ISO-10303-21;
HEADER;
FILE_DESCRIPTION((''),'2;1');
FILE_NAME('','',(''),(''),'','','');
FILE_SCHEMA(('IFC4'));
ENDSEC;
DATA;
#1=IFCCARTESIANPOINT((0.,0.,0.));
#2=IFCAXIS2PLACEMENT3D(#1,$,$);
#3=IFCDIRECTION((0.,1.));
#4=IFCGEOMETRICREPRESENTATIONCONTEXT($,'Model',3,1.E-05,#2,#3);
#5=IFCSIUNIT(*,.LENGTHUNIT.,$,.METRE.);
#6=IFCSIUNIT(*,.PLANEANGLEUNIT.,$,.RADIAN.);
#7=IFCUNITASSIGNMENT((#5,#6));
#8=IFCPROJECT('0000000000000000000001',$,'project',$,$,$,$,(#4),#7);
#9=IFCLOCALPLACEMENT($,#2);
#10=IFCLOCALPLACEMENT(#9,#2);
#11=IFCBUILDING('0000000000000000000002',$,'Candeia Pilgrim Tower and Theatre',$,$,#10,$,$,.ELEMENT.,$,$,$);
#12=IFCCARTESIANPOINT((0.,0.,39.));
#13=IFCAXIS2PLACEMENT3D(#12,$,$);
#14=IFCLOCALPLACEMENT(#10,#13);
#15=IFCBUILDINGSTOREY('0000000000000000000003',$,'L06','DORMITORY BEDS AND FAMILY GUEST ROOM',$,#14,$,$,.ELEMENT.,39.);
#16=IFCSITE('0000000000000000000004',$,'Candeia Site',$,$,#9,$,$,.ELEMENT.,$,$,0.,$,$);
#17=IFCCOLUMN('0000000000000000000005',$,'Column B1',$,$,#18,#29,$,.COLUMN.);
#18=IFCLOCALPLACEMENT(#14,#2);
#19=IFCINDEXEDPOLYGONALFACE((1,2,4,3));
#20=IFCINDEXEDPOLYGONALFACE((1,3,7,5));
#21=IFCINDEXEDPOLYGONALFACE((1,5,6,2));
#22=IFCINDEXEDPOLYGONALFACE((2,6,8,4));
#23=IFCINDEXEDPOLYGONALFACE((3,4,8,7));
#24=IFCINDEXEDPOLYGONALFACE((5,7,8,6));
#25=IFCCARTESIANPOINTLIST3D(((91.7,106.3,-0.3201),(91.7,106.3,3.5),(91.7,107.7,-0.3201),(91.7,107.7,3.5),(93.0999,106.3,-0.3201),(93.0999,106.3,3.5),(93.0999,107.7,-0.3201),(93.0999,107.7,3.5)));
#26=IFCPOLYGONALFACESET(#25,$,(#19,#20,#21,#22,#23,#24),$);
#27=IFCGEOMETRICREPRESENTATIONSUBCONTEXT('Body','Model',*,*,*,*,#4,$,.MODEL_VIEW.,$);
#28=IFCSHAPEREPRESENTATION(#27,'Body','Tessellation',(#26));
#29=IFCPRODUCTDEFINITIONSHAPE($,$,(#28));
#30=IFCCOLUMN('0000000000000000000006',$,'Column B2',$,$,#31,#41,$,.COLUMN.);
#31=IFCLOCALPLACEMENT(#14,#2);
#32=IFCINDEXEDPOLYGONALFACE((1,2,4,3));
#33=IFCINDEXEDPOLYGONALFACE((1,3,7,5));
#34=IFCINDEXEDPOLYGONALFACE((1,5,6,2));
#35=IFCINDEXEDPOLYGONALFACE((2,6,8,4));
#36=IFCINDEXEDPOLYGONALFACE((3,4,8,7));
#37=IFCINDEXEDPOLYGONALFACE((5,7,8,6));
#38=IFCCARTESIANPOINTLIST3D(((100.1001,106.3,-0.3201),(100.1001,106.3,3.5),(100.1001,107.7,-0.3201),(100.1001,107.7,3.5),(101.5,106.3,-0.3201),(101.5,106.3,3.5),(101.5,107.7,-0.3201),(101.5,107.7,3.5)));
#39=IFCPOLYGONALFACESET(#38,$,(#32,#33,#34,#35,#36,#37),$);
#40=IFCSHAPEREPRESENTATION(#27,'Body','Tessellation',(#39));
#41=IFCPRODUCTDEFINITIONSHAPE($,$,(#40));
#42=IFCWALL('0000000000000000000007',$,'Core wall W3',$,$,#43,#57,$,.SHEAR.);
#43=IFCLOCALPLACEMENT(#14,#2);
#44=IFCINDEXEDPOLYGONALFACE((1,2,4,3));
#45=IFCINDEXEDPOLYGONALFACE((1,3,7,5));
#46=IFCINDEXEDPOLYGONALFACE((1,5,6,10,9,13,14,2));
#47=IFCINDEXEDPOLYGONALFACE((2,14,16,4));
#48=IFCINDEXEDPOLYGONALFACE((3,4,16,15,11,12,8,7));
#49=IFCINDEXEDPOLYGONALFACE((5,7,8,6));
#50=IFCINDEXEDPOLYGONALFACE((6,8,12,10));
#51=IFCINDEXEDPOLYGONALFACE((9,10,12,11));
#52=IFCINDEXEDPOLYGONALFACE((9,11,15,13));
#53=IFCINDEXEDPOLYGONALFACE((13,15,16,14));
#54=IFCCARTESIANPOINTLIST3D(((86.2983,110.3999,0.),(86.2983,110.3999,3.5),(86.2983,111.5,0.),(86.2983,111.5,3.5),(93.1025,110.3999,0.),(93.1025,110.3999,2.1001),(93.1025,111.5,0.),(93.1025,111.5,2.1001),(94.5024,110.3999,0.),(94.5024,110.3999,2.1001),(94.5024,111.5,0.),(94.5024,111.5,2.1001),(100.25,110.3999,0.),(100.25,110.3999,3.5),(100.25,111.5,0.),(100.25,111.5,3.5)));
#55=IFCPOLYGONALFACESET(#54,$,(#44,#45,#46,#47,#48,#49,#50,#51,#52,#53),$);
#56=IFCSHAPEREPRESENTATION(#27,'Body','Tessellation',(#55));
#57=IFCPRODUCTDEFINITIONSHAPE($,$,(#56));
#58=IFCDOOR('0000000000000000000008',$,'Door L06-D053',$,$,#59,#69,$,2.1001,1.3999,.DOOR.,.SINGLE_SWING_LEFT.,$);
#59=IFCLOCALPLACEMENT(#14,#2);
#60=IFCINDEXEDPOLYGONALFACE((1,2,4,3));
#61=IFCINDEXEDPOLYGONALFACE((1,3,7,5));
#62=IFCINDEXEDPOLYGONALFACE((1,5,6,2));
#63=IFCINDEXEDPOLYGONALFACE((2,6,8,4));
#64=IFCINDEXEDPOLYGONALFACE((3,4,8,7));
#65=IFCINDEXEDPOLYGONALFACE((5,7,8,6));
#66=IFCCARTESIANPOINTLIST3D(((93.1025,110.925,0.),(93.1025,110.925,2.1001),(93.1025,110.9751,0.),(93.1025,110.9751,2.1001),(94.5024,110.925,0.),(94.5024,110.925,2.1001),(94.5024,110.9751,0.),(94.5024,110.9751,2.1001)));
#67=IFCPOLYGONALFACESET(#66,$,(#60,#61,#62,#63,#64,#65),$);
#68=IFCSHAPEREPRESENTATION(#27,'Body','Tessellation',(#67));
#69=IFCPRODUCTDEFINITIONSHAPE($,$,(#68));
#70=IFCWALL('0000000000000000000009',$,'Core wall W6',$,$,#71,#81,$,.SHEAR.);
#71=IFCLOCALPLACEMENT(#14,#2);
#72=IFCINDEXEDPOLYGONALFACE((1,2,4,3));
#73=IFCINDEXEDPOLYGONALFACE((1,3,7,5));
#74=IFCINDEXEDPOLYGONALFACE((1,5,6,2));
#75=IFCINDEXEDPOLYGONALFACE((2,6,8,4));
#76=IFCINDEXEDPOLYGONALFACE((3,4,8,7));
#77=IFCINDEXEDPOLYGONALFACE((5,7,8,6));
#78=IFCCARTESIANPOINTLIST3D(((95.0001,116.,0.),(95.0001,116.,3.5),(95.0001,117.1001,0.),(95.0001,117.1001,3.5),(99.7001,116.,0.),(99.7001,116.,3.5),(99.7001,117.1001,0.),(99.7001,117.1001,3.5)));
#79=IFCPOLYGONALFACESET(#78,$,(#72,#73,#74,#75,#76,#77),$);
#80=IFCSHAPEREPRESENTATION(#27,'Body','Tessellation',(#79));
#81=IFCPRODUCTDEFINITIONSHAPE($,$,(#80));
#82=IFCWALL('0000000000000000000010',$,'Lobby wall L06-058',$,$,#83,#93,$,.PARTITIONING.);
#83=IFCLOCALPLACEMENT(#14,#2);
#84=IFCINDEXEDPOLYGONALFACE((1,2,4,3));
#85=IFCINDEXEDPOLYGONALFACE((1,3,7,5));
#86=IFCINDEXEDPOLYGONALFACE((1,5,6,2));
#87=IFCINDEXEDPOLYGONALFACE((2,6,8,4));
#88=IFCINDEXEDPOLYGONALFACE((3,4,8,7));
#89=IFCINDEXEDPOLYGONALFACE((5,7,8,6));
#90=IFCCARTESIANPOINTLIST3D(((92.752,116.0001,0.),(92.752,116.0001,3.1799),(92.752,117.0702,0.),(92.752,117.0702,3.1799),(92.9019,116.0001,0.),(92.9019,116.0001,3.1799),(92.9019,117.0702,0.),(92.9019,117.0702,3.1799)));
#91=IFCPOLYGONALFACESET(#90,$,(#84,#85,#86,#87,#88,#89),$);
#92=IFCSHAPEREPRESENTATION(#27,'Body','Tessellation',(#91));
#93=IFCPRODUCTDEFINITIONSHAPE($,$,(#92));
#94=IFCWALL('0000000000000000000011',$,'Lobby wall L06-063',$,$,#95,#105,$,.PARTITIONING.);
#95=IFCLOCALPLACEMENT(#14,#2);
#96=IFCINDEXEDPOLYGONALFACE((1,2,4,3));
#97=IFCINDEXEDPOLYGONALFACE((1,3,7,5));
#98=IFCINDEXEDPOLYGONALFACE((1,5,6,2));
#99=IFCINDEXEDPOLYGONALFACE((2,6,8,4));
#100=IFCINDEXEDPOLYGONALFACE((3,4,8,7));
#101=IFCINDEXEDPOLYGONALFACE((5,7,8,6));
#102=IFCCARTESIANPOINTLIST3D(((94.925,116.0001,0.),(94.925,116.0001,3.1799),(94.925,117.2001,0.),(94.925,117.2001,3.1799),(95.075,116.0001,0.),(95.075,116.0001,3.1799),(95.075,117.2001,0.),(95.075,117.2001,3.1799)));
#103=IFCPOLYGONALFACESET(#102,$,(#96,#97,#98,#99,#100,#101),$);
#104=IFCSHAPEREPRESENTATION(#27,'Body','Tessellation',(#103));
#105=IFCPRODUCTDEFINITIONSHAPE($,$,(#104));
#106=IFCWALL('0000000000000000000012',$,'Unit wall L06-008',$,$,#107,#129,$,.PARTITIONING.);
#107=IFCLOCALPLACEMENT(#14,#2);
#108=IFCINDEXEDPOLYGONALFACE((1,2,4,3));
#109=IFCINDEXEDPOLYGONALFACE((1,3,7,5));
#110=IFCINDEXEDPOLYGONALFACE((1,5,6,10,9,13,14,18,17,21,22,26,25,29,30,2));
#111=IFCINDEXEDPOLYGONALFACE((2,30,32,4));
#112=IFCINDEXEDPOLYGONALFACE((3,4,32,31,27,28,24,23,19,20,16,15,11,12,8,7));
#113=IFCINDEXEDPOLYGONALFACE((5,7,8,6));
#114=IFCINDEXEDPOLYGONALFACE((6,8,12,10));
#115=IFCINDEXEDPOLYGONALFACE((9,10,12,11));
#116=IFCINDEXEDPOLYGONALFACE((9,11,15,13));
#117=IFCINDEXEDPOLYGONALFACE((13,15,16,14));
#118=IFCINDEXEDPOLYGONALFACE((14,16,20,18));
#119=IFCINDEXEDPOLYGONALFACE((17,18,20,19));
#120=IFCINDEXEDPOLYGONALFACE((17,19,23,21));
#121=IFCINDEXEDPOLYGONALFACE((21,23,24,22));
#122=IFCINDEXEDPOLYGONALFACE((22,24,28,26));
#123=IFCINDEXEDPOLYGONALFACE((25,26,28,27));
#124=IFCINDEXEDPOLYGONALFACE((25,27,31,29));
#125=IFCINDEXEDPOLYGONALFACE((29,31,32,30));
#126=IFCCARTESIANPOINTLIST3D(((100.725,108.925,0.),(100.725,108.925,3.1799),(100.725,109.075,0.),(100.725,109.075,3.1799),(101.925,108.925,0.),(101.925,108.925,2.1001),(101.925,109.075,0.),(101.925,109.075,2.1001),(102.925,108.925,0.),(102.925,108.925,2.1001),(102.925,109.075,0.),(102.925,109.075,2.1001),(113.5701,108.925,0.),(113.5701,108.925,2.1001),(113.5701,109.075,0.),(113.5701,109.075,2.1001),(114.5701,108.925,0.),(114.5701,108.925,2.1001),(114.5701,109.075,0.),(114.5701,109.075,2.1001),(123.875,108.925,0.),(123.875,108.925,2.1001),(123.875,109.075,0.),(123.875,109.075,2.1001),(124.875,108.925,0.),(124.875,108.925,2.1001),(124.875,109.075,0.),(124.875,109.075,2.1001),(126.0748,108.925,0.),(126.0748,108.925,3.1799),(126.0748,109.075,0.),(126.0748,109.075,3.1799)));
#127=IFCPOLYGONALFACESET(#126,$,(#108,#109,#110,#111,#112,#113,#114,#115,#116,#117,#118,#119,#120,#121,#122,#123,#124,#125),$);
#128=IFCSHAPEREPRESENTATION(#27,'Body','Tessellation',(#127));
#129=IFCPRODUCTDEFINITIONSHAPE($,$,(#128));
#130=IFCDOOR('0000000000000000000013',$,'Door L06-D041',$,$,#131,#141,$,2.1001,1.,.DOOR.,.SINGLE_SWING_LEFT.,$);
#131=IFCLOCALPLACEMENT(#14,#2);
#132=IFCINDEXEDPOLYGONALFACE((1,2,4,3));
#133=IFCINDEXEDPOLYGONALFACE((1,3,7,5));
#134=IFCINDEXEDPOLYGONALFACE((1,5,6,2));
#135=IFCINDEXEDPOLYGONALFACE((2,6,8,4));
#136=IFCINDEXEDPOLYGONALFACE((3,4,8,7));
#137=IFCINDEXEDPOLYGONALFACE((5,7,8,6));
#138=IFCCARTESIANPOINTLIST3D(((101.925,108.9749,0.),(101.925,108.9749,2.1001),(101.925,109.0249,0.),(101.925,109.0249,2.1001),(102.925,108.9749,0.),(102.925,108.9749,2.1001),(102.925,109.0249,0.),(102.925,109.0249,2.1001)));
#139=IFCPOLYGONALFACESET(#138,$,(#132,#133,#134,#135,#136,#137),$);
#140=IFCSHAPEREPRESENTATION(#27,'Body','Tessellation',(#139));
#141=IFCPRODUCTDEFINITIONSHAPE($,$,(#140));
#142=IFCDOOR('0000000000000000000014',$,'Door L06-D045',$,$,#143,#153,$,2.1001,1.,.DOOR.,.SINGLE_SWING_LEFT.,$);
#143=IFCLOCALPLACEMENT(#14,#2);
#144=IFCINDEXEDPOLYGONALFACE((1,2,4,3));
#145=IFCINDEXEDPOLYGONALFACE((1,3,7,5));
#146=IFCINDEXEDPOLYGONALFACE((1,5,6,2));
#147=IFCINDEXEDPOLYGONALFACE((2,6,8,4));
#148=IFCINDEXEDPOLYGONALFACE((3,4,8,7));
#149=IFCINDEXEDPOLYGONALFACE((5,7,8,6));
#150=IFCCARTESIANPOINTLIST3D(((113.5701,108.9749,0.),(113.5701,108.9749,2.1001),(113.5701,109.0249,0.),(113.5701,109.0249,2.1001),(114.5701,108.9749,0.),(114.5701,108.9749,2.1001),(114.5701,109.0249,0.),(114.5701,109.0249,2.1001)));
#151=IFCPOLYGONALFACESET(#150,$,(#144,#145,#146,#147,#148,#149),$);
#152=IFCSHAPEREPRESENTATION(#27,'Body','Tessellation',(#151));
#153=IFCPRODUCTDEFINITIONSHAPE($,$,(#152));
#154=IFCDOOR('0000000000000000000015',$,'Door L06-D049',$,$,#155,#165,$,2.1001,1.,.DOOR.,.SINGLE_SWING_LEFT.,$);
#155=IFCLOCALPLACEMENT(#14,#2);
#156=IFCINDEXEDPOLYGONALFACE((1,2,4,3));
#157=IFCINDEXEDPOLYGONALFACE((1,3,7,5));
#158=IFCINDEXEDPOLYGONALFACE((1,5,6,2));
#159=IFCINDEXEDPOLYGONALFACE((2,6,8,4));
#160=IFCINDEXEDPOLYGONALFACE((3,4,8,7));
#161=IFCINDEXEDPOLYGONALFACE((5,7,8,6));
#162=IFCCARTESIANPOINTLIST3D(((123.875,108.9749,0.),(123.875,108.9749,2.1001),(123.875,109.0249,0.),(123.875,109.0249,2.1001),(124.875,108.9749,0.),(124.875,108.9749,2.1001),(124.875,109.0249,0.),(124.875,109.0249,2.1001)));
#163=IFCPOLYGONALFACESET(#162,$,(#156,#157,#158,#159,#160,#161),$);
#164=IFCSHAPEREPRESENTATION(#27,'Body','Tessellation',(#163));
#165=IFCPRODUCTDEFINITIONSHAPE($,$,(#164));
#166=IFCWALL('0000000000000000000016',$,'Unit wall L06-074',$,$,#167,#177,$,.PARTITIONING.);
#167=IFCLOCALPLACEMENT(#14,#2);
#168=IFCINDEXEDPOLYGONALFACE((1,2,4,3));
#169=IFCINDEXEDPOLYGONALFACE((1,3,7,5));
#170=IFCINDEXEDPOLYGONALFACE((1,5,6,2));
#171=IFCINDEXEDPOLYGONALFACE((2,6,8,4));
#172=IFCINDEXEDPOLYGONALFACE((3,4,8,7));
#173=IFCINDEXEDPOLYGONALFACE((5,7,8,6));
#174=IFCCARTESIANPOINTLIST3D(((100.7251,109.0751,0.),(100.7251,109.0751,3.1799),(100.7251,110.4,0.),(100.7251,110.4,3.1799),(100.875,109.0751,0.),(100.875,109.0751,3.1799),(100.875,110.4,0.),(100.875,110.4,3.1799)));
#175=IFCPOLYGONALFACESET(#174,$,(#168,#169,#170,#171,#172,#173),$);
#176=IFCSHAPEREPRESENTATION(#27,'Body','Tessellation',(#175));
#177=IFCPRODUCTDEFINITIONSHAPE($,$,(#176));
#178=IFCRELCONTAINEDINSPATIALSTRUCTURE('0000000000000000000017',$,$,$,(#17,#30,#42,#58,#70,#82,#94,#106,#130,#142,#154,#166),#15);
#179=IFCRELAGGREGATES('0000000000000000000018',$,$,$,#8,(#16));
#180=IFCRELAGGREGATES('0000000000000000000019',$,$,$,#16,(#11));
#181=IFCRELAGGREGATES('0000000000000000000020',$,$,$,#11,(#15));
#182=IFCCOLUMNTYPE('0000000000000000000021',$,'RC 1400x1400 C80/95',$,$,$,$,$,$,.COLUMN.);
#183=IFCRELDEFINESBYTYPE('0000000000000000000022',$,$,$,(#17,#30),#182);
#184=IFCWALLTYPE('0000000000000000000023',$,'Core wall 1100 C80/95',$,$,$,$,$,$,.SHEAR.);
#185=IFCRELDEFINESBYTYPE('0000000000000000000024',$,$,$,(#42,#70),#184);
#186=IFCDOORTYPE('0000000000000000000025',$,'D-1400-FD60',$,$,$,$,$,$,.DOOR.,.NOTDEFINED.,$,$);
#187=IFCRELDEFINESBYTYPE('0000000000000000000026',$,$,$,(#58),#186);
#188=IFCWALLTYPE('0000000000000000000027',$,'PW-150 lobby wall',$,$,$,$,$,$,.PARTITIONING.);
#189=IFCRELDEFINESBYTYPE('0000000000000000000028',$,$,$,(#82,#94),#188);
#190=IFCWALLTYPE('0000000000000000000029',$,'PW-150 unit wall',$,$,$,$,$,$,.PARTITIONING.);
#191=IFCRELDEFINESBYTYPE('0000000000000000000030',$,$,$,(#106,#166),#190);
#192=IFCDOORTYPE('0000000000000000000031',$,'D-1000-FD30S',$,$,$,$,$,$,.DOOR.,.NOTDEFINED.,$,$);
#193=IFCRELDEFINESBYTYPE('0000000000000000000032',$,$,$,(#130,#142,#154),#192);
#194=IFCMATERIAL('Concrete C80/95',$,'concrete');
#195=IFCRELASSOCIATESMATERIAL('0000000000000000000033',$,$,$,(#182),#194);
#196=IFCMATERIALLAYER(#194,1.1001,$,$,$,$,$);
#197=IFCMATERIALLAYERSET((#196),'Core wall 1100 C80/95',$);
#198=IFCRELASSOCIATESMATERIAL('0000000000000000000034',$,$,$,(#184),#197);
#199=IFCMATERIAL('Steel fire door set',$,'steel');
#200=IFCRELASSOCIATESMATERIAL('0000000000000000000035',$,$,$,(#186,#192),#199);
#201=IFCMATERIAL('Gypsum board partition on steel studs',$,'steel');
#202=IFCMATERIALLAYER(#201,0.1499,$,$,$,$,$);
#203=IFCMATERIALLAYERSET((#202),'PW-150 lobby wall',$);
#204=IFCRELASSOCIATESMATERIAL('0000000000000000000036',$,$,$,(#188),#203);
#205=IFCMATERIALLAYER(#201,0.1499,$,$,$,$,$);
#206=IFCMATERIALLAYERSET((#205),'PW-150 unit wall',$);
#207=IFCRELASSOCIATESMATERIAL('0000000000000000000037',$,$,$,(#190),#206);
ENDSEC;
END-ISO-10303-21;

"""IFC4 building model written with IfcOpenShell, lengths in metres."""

from ifc_helpers import new_model, si_unit, direction, frame, frame_2d, origin, origin_2d, place, context, subcontext, project, spatial, rectangle, extrude, material, layer, layer_set, material_profile, profile_set, type_object, element, fill, save


model = new_model("IFC4")

# Units and contexts
model_context = context("Model", 3, precision=1e-05, world=origin(), true_north=direction((0.0, 1.0)))
body_context = subcontext(model_context, "Body", "Model", "MODEL_VIEW")
ifc_project = project(units=[si_unit("LENGTHUNIT", "METRE"), si_unit("PLANEANGLEUNIT", "RADIAN")], contexts=[model_context])

# Site, building, storey
site_placement = place(None, origin())
site = spatial("IfcSite", under=ifc_project, at=site_placement, Name="Candeia Site", CompositionType="ELEMENT", RefElevation=0.0)
building_placement = place(site_placement, origin())
building = spatial("IfcBuilding", under=site, at=building_placement, Name="Candeia Pilgrim Tower and Theatre", CompositionType="ELEMENT")
storey_placement = place(building_placement, frame((0.0, 0.0, 39.0)))
storey = spatial("IfcBuildingStorey", under=building, at=storey_placement, Name="L06", Description="DORMITORY BEDS AND FAMILY GUEST ROOM", CompositionType="ELEMENT", Elevation=39.0)

# Columns
ifc_material_1 = material(Name="Concrete C80/95", Category="concrete")
ifc_material_profile = material_profile(ifc_material_1, rectangle(XDim=1.3999, YDim=1.3999, at=origin_2d()))
ifc_profile_set = profile_set([ifc_material_profile], Name="Concrete C80/95")
column_type = type_object("IfcColumnType", Name="RC 1400x1400 C80/95", PredefinedType="COLUMN", material=ifc_profile_set)
for number, where, z_axis, x_axis, name in (
    (1, (92.3999, 107.0, -0.3201), (0.0, 0.0, 1.0), (1.0, 0.0, 0.0), "Column B1"),
    (2, (100.8, 107.0, -0.3201), (0.0, 0.0, 1.0), (1.0, 0.0, 0.0), "Column B2"),
):
    element("IfcColumn", number, at=place(storey_placement, frame(where, z_axis=z_axis, x_axis=x_axis)), inside=storey, type_object=column_type, Name=name, PredefinedType="COLUMN", context=body_context, shape_type="SweptSolid", body=[
        extrude(rectangle(XDim=1.3999, YDim=1.3999, at=origin_2d()), origin(), (0.0, 0.0, 1.0), 3.8201),
    ])

# Wall, opening, door
ifc_layer_1 = layer(ifc_material_1, 1.1001)
ifc_layer_set_1 = layer_set([ifc_layer_1], Name="Core wall 1100 C80/95")
wall_type_1 = type_object("IfcWallType", Name="Core wall 1100 C80/95", PredefinedType="SHEAR", material=ifc_layer_set_1)
wall_1_placement = place(storey_placement, frame((100.25, 110.95, 0.0), z_axis=(0.0, 0.0, 1.0), x_axis=(-1.0, 0.0, 0.0)))
wall_1 = element("IfcWall", 3, at=wall_1_placement, inside=storey, type_object=wall_type_1, Name="Core wall W3", PredefinedType="SHEAR", context=body_context, shape_type="SweptSolid", body=[
    extrude(rectangle(XDim=13.9517, YDim=1.1001, at=frame_2d((6.9758, 0.0))), origin(), (0.0, 0.0, 1.0), 3.5),
])
opening_1_placement = place(wall_1_placement, frame((5.7476, 0.0, 0.0)))
opening_1 = element("IfcOpeningElement", 4, at=opening_1_placement, cuts=wall_1, PredefinedType="OPENING", context=body_context, shape_type="SweptSolid", body=[
    extrude(rectangle(XDim=1.3999, YDim=2.1001, at=frame_2d((0.7, 1.05))), frame((0.0, 0.5601, 0.0), z_axis=(0.0, -1.0, 0.0), x_axis=(1.0, 0.0, 0.0)), (0.0, 0.0, 1.0), 1.1201),
])
ifc_material_2 = material(Name="Steel fire door set", Category="steel")
door_type_1 = type_object("IfcDoorType", Name="D-1400-FD60", OperationType="NOTDEFINED", PredefinedType="DOOR", material=ifc_material_2)
door_1_placement = place(opening_1_placement, origin())
door_1 = element("IfcDoor", 5, at=door_1_placement, inside=storey, type_object=door_type_1, Name="Door L06-D053", OperationType="SINGLE_SWING_LEFT", OverallHeight=2.1001, OverallWidth=1.3999, PredefinedType="DOOR", context=body_context, shape_type="SweptSolid", body=[
    extrude(rectangle(XDim=1.3999, YDim=2.1001, at=frame_2d((0.7, 1.05))), frame((0.0, 0.0249, 0.0), z_axis=(0.0, -1.0, 0.0), x_axis=(1.0, 0.0, 0.0)), (0.0, 0.0, 1.0), 0.05),
])
fill(opening_1, door_1)

# Walls
wall_2_placement = place(storey_placement, frame((95.0, 116.55, 0.0), z_axis=(0.0, 0.0, 1.0), x_axis=(1.0, 0.0, 0.0)))
element("IfcWall", 6, at=wall_2_placement, inside=storey, type_object=wall_type_1, Name="Core wall W6", PredefinedType="SHEAR", context=body_context, shape_type="SweptSolid", body=[
    extrude(rectangle(XDim=4.7, YDim=1.1001, at=frame_2d((2.3501, 0.0))), origin(), (0.0, 0.0, 1.0), 3.5),
])
ifc_material_3 = material(Name="Gypsum board partition on steel studs", Category="steel")
ifc_layer_2 = layer(ifc_material_3, 0.1499)
ifc_layer_set_2 = layer_set([ifc_layer_2], Name="PW-150 lobby wall")
wall_type_2 = type_object("IfcWallType", Name="PW-150 lobby wall", PredefinedType="PARTITIONING", material=ifc_layer_set_2)
wall_3_placement = place(storey_placement, frame((92.8269, 116.0, 0.0), z_axis=(0.0, 0.0, 1.0), x_axis=(0.0, 1.0, 0.0)))
element("IfcWall", 7, at=wall_3_placement, inside=storey, type_object=wall_type_2, Name="Lobby wall L06-058", PredefinedType="PARTITIONING", context=body_context, shape_type="SweptSolid", body=[
    extrude(rectangle(XDim=1.0701, YDim=0.1499, at=frame_2d((0.5352, 0.0))), origin(), (0.0, 0.0, 1.0), 3.1799),
])
wall_4_placement = place(storey_placement, frame((95.0, 116.0, 0.0), z_axis=(0.0, 0.0, 1.0), x_axis=(0.0, 1.0, 0.0)))
element("IfcWall", 8, at=wall_4_placement, inside=storey, type_object=wall_type_2, Name="Lobby wall L06-063", PredefinedType="PARTITIONING", context=body_context, shape_type="SweptSolid", body=[
    extrude(rectangle(XDim=1.2, YDim=0.1499, at=frame_2d((0.6001, 0.0))), origin(), (0.0, 0.0, 1.0), 3.1799),
])

# Wall, openings, doors
ifc_layer_3 = layer(ifc_material_3, 0.1499)
ifc_layer_set_3 = layer_set([ifc_layer_3], Name="PW-150 unit wall")
wall_type_3 = type_object("IfcWallType", Name="PW-150 unit wall", PredefinedType="PARTITIONING", material=ifc_layer_set_3)
wall_5_placement = place(storey_placement, frame((100.7251, 109.0, 0.0), z_axis=(0.0, 0.0, 1.0), x_axis=(1.0, 0.0, 0.0)))
wall_5 = element("IfcWall", 9, at=wall_5_placement, inside=storey, type_object=wall_type_3, Name="Unit wall L06-008", PredefinedType="PARTITIONING", context=body_context, shape_type="SweptSolid", body=[
    extrude(rectangle(XDim=25.3499, YDim=0.1499, at=frame_2d((12.6748, 0.0))), origin(), (0.0, 0.0, 1.0), 3.1799),
])
opening_2_placement = place(wall_5_placement, frame((1.2, 0.0, 0.0)))
opening_2 = element("IfcOpeningElement", 10, at=opening_2_placement, cuts=wall_5, PredefinedType="OPENING", context=body_context, shape_type="SweptSolid", body=[
    extrude(rectangle(XDim=1.0, YDim=2.1001, at=frame_2d((0.5, 1.05))), frame((0.0, 0.085, 0.0), z_axis=(0.0, -1.0, 0.0), x_axis=(1.0, 0.0, 0.0)), (0.0, 0.0, 1.0), 0.1699),
])
opening_3_placement = place(wall_5_placement, frame((12.845, 0.0, 0.0)))
opening_3 = element("IfcOpeningElement", 11, at=opening_3_placement, cuts=wall_5, PredefinedType="OPENING", context=body_context, shape_type="SweptSolid", body=[
    extrude(rectangle(XDim=1.0, YDim=2.1001, at=frame_2d((0.5, 1.05))), frame((0.0, 0.085, 0.0), z_axis=(0.0, -1.0, 0.0), x_axis=(1.0, 0.0, 0.0)), (0.0, 0.0, 1.0), 0.1699),
])
opening_4_placement = place(wall_5_placement, frame((23.1499, 0.0, 0.0)))
opening_4 = element("IfcOpeningElement", 12, at=opening_4_placement, cuts=wall_5, PredefinedType="OPENING", context=body_context, shape_type="SweptSolid", body=[
    extrude(rectangle(XDim=1.0, YDim=2.1001, at=frame_2d((0.5, 1.05))), frame((0.0, 0.085, 0.0), z_axis=(0.0, -1.0, 0.0), x_axis=(1.0, 0.0, 0.0)), (0.0, 0.0, 1.0), 0.1699),
])
door_type_2 = type_object("IfcDoorType", Name="D-1000-FD30S", OperationType="NOTDEFINED", PredefinedType="DOOR", material=ifc_material_2)
door_2_placement = place(opening_2_placement, origin())
door_2 = element("IfcDoor", 13, at=door_2_placement, inside=storey, type_object=door_type_2, Name="Door L06-D041", OperationType="SINGLE_SWING_LEFT", OverallHeight=2.1001, OverallWidth=1.0, PredefinedType="DOOR", context=body_context, shape_type="SweptSolid", body=[
    extrude(rectangle(XDim=1.0, YDim=2.1001, at=frame_2d((0.5, 1.05))), frame((0.0, 0.0249, 0.0), z_axis=(0.0, -1.0, 0.0), x_axis=(1.0, 0.0, 0.0)), (0.0, 0.0, 1.0), 0.05),
])
fill(opening_2, door_2)
door_3_placement = place(opening_3_placement, origin())
door_3 = element("IfcDoor", 14, at=door_3_placement, inside=storey, type_object=door_type_2, Name="Door L06-D045", OperationType="SINGLE_SWING_LEFT", OverallHeight=2.1001, OverallWidth=1.0, PredefinedType="DOOR", context=body_context, shape_type="SweptSolid", body=[
    extrude(rectangle(XDim=1.0, YDim=2.1001, at=frame_2d((0.5, 1.05))), frame((0.0, 0.0249, 0.0), z_axis=(0.0, -1.0, 0.0), x_axis=(1.0, 0.0, 0.0)), (0.0, 0.0, 1.0), 0.05),
])
fill(opening_3, door_3)
door_4_placement = place(opening_4_placement, origin())
door_4 = element("IfcDoor", 15, at=door_4_placement, inside=storey, type_object=door_type_2, Name="Door L06-D049", OperationType="SINGLE_SWING_LEFT", OverallHeight=2.1001, OverallWidth=1.0, PredefinedType="DOOR", context=body_context, shape_type="SweptSolid", body=[
    extrude(rectangle(XDim=1.0, YDim=2.1001, at=frame_2d((0.5, 1.05))), frame((0.0, 0.0249, 0.0), z_axis=(0.0, -1.0, 0.0), x_axis=(1.0, 0.0, 0.0)), (0.0, 0.0, 1.0), 0.05),
])
fill(opening_4, door_4)

# Wall
wall_6_placement = place(storey_placement, frame((100.8, 109.075, 0.0), z_axis=(0.0, 0.0, 1.0), x_axis=(0.0, 1.0, 0.0)))
element("IfcWall", 16, at=wall_6_placement, inside=storey, type_object=wall_type_3, Name="Unit wall L06-074", PredefinedType="PARTITIONING", context=body_context, shape_type="SweptSolid", body=[
    extrude(rectangle(XDim=1.325, YDim=0.1499, at=frame_2d((0.6626, 0.0))), origin(), (0.0, 0.0, 1.0), 3.1799),
])

save(model, "model.ifc")
